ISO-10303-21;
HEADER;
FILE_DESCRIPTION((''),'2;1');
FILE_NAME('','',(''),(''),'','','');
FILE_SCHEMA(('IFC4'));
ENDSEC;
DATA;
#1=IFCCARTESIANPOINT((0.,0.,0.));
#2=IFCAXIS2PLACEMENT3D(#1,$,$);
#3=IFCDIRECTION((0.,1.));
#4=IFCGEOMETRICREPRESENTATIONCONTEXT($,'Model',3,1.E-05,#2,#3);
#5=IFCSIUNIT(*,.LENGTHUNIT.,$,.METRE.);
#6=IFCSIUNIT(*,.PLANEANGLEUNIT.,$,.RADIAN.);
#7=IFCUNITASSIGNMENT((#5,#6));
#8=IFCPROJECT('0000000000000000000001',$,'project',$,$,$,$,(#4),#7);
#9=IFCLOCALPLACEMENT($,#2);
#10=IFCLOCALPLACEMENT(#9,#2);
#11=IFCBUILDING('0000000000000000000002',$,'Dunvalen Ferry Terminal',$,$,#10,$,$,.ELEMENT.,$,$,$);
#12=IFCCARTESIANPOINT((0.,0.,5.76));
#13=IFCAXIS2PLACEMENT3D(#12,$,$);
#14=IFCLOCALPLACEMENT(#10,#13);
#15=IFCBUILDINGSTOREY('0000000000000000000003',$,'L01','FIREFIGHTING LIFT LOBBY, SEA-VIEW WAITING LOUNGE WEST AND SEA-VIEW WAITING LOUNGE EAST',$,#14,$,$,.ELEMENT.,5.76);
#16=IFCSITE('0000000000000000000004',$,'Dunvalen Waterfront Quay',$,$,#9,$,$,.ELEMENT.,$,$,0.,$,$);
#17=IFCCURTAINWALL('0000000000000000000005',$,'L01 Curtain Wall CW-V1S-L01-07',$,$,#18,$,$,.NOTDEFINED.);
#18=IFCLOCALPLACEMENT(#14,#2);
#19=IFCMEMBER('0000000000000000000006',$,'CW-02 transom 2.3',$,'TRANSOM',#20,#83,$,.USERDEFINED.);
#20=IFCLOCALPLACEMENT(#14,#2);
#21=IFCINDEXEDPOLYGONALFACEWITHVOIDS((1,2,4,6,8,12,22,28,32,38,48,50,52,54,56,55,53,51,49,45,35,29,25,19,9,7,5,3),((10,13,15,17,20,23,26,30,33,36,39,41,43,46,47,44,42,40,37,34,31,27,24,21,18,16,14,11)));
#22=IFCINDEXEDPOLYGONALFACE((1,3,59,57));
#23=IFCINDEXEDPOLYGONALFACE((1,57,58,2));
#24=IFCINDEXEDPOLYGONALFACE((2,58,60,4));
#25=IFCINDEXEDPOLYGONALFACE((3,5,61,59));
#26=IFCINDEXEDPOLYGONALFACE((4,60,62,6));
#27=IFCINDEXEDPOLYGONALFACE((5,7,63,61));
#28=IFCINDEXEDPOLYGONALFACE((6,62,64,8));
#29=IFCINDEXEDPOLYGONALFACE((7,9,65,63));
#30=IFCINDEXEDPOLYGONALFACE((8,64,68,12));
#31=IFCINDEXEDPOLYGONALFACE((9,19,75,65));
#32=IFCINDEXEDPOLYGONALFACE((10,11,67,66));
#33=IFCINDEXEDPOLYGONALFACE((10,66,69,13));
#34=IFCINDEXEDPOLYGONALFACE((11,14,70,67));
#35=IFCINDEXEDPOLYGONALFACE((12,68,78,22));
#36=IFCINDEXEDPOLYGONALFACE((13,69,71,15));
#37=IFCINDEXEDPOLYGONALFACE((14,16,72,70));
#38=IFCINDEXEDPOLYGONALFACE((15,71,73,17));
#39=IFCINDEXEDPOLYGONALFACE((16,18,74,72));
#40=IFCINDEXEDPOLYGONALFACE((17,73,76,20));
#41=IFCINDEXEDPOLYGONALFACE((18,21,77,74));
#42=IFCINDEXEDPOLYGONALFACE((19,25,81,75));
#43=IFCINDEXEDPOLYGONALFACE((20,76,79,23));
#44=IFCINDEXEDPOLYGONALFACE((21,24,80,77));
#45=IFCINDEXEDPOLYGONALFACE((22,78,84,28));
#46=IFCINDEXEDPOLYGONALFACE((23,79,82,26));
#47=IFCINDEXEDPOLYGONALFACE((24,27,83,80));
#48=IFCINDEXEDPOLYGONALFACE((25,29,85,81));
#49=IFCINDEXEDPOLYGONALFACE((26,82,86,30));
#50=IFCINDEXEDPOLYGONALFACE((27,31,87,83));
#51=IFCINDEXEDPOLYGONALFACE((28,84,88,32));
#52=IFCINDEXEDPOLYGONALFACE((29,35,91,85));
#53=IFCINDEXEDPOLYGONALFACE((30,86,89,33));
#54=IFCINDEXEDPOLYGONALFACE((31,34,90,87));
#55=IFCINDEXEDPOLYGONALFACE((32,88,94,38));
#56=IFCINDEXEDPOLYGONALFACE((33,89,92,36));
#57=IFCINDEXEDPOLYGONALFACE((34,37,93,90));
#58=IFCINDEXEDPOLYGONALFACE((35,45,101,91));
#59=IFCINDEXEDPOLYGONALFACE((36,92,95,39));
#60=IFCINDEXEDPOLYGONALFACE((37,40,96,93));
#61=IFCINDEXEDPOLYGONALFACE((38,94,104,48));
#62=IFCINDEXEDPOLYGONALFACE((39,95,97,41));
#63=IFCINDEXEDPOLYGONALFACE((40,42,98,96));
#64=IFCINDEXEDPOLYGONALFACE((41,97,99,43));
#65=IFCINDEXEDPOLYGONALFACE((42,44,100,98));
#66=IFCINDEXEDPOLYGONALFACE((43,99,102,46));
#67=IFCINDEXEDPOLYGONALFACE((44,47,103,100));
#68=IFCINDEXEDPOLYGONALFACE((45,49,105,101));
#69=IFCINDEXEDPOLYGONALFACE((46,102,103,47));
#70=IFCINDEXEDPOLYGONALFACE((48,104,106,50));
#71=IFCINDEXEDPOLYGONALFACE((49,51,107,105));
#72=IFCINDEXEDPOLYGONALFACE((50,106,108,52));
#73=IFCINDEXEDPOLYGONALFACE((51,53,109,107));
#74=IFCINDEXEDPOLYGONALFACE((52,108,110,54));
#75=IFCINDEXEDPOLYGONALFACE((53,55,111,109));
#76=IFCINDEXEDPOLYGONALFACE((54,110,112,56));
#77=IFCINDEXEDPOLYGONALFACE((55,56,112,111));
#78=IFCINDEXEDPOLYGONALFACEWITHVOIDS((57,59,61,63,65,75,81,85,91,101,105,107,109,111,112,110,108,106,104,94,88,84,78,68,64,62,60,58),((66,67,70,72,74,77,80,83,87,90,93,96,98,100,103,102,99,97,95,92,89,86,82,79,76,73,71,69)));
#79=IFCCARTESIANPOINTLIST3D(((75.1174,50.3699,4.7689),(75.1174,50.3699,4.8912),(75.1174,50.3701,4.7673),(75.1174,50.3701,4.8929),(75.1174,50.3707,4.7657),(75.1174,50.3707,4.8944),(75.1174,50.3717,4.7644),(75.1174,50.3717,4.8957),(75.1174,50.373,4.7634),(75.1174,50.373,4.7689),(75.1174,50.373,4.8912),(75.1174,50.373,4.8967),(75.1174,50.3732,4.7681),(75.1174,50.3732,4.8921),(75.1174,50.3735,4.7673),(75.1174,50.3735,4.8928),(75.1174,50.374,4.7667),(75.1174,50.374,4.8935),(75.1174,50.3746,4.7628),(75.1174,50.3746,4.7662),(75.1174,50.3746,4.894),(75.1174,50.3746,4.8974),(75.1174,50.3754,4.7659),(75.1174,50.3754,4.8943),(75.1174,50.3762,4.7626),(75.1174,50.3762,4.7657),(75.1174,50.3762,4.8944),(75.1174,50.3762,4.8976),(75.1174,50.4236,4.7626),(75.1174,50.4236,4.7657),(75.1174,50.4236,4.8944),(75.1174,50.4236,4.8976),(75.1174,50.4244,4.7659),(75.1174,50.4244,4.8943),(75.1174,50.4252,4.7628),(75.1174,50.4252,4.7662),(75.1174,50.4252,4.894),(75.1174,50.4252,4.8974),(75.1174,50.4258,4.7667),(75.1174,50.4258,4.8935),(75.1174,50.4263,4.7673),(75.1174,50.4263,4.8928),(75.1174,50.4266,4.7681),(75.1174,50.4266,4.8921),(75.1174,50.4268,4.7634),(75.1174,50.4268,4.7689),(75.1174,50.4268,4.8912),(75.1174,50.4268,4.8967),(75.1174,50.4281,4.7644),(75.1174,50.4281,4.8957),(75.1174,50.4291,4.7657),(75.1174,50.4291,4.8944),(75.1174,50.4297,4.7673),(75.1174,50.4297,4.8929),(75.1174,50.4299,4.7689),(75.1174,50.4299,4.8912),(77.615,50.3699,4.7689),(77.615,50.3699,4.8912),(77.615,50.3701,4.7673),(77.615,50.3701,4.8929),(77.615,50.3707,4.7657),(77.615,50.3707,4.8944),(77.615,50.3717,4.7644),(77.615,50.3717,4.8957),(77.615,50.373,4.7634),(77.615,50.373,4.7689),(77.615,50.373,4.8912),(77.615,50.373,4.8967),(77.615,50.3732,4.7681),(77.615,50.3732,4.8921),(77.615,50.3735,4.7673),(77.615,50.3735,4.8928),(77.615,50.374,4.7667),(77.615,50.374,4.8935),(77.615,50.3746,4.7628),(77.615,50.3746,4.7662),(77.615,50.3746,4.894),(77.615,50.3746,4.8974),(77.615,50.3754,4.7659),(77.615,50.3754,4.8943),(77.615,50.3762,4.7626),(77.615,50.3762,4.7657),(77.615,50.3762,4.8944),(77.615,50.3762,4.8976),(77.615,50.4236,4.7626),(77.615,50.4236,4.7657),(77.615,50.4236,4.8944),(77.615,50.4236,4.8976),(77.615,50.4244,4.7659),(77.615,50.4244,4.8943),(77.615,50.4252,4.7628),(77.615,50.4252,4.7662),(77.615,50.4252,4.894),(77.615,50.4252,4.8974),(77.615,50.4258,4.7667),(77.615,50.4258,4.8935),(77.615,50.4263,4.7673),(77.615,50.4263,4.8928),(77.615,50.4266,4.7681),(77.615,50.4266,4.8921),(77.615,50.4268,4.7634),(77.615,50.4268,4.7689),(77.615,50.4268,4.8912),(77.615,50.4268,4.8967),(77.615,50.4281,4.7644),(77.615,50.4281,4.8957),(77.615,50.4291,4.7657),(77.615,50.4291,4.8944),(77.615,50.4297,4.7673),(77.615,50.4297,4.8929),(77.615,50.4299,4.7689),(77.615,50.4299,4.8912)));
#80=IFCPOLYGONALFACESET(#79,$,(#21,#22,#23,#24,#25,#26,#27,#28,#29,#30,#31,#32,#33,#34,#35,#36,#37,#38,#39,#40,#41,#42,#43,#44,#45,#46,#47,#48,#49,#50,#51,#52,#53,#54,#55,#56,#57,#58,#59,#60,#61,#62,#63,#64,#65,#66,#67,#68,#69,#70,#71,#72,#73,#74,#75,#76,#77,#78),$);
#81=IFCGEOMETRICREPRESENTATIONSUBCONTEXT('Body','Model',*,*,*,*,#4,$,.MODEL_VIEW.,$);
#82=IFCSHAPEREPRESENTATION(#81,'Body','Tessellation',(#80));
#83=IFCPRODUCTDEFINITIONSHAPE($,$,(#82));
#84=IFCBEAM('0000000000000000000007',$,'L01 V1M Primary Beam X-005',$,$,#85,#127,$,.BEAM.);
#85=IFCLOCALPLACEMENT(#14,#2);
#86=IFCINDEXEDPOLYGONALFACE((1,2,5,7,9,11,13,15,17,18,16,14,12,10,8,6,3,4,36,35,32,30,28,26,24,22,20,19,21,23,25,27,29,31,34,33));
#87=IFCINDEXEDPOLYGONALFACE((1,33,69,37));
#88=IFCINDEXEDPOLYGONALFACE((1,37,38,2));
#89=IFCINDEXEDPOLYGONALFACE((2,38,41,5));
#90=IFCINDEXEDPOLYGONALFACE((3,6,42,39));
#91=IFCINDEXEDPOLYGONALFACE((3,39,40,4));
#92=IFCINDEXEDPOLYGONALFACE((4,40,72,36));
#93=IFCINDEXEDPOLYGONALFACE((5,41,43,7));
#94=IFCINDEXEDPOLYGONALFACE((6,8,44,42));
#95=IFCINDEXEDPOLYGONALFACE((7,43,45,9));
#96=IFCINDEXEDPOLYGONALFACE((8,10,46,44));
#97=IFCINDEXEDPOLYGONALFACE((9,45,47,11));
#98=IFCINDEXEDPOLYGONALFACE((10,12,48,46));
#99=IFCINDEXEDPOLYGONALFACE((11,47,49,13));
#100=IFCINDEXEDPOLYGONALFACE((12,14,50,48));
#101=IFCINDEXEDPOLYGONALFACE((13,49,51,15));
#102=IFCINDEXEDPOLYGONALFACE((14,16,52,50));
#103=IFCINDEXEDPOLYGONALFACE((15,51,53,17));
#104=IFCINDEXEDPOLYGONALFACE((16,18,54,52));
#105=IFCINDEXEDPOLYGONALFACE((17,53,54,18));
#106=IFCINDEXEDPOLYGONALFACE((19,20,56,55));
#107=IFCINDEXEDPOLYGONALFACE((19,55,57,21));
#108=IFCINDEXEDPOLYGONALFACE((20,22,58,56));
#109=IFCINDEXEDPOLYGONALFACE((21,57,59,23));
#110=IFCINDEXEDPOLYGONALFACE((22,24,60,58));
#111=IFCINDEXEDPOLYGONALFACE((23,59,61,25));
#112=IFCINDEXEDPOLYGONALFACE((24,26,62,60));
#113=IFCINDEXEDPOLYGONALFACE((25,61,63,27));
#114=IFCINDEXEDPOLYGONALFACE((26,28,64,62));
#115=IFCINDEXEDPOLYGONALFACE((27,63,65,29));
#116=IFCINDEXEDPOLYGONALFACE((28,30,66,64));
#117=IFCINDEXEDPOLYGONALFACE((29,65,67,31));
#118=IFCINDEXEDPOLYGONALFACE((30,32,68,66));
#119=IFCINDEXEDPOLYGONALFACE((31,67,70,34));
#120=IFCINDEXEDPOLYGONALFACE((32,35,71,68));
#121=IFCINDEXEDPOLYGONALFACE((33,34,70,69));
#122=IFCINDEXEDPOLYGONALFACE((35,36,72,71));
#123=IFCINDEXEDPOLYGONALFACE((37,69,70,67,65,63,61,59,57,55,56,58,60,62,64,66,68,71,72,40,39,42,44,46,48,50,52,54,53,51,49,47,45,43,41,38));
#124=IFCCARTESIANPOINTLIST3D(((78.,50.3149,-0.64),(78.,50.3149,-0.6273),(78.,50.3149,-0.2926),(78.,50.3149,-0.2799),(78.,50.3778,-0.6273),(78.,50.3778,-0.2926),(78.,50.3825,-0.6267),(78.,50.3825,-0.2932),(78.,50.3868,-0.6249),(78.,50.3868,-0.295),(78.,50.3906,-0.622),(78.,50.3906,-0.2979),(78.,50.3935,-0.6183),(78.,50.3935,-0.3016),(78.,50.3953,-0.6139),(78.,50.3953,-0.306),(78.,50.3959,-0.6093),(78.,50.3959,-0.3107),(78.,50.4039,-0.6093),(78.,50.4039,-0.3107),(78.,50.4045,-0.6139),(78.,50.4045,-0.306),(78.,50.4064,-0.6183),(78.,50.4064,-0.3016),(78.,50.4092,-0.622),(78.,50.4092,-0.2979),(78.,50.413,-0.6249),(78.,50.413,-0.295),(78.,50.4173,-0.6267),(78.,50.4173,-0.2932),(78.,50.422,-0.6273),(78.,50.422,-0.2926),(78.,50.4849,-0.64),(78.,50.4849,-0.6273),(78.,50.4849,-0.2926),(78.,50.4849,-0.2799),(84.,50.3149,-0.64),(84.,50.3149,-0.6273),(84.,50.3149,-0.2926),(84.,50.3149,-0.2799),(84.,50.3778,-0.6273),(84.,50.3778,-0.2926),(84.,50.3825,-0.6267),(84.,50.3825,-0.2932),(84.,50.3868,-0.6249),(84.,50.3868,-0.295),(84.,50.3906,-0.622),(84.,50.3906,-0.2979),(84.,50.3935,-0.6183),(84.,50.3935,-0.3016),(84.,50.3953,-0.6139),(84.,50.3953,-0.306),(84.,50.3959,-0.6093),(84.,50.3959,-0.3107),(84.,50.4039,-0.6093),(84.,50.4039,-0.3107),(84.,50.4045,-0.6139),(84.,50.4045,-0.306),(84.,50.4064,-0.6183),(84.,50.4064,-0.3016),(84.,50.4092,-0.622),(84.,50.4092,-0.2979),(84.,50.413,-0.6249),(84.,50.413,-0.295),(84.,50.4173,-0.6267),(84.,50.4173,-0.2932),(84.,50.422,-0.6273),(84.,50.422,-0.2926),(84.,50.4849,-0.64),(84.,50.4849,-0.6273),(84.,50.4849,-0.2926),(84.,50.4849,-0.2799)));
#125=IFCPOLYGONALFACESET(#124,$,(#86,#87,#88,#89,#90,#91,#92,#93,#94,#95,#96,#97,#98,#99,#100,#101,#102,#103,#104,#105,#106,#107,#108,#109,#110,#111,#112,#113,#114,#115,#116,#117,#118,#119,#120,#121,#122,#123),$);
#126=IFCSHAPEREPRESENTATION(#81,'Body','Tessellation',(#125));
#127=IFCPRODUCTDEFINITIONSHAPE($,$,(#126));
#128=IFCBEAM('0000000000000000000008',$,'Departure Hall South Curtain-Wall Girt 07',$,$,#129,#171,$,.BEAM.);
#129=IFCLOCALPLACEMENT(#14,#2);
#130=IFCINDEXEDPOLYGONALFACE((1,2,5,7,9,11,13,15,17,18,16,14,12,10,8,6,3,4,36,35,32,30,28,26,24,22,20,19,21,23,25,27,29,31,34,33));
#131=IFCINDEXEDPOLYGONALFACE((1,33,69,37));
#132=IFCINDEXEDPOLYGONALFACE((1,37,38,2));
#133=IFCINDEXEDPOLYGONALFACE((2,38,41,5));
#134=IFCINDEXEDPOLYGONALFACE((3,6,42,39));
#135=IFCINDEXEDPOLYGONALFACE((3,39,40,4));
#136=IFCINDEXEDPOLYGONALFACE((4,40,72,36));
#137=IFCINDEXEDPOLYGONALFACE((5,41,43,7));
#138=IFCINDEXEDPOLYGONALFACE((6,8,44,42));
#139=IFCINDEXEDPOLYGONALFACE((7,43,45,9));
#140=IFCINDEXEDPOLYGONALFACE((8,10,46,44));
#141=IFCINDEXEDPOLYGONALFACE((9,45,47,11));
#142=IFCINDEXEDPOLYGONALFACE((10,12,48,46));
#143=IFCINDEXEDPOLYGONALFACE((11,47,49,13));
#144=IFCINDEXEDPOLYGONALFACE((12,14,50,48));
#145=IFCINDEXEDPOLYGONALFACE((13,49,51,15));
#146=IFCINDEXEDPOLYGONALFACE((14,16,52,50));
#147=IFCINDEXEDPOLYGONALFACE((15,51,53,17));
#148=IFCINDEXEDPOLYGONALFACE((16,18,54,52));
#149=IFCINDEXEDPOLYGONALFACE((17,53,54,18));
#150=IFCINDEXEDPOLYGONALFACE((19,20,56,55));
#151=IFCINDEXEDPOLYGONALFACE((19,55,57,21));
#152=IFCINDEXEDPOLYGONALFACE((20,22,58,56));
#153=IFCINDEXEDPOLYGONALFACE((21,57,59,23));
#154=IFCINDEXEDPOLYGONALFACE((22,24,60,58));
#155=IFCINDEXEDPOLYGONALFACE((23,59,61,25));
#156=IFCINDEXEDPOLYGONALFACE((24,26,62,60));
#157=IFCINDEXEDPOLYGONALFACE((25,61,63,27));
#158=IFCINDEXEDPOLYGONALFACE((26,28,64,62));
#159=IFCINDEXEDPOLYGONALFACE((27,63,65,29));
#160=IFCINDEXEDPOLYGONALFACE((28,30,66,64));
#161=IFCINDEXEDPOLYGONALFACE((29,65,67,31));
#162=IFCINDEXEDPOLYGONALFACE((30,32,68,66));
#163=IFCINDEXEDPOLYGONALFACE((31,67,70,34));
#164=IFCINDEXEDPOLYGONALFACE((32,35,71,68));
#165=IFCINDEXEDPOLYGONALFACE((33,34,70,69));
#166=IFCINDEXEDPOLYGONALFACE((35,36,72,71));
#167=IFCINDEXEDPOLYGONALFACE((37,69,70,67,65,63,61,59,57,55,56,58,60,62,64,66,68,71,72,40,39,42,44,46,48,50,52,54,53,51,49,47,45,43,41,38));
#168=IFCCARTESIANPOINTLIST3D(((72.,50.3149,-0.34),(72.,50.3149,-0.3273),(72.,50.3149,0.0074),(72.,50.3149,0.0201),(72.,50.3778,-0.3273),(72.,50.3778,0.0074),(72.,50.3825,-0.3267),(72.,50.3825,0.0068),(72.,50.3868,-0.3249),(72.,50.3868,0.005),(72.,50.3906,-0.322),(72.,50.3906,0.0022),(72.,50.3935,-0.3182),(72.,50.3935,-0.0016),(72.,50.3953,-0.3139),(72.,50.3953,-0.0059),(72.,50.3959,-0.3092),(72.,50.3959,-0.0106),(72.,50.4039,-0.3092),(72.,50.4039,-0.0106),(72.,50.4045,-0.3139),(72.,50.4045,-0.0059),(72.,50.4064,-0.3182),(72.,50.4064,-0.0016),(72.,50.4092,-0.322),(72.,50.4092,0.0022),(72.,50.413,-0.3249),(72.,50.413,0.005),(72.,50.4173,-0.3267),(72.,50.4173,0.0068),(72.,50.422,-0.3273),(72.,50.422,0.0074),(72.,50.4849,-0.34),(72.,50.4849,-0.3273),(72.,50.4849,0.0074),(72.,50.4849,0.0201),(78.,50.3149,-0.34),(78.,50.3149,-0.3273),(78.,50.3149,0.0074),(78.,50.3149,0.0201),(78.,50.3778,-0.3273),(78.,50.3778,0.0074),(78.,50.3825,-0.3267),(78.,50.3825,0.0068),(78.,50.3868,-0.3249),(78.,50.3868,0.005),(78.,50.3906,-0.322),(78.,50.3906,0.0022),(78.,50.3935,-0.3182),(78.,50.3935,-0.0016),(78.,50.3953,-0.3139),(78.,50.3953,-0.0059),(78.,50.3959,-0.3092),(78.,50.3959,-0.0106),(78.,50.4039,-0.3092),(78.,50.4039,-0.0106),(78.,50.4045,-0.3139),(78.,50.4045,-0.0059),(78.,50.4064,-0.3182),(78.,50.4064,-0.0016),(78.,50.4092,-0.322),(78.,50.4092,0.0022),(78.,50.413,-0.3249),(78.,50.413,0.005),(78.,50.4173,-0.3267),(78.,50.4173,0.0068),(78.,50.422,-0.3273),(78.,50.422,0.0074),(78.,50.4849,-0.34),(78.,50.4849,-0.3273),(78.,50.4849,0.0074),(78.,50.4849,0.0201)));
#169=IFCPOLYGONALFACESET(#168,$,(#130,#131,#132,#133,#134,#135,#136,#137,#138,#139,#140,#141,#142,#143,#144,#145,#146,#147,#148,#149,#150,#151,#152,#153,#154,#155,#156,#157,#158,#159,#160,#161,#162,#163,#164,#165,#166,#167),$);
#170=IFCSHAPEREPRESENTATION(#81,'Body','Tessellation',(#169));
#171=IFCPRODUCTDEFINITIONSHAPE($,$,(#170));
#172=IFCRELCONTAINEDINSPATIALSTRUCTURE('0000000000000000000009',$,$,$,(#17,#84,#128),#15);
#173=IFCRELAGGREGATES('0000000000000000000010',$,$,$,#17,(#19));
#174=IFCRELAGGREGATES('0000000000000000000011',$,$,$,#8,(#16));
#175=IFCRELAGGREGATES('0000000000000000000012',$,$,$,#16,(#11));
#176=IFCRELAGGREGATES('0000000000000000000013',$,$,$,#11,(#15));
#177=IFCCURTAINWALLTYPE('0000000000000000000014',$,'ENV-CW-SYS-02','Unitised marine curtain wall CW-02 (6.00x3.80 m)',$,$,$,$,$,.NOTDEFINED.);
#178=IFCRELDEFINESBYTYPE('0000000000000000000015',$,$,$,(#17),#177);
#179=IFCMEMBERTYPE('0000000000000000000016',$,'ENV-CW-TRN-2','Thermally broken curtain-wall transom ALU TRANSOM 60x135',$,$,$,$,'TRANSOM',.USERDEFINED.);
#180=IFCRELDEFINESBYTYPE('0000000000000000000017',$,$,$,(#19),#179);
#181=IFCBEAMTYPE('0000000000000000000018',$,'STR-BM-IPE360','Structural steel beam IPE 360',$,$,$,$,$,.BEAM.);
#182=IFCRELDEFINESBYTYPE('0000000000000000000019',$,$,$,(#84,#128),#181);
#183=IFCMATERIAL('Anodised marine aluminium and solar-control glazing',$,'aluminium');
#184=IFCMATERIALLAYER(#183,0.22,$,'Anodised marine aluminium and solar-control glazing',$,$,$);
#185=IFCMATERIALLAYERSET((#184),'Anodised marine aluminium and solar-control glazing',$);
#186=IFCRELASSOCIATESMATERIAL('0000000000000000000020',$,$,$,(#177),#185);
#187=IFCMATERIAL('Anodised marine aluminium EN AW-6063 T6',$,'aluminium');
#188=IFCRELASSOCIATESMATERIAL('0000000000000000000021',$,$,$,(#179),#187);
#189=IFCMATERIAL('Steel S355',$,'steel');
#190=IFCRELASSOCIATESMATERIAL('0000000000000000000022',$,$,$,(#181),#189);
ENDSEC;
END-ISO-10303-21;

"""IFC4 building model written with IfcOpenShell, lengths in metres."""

from ifc_helpers import new_model, si_unit, direction, frame, origin, origin_2d, place, context, subcontext, project, spatial, hollow_rectangle, i_section, extrude, material, layer, layer_set, material_profile, profile_set, type_object, element, aggregate, save


model = new_model("IFC4")

# Units and contexts
model_context = context("Model", 3, precision=1e-05, world=origin(), true_north=direction((0.0, 1.0)))
body_context = subcontext(model_context, "Body", "Model", "MODEL_VIEW")
ifc_project = project(units=[si_unit("LENGTHUNIT", "METRE"), si_unit("PLANEANGLEUNIT", "RADIAN")], contexts=[model_context])

# Site, building, storey
site_placement = place(None, origin())
site = spatial("IfcSite", under=ifc_project, at=site_placement, Name="Dunvalen Waterfront Quay", CompositionType="ELEMENT", RefElevation=0.0)
building_placement = place(site_placement, origin())
building = spatial("IfcBuilding", under=site, at=building_placement, Name="Dunvalen Ferry Terminal", CompositionType="ELEMENT")
storey_placement = place(building_placement, frame((0.0, 0.0, 5.76)))
storey = spatial("IfcBuildingStorey", under=building, at=storey_placement, Name="L01", Description="FIREFIGHTING LIFT LOBBY, SEA-VIEW WAITING LOUNGE WEST AND SEA-VIEW WAITING LOUNGE EAST", CompositionType="ELEMENT", Elevation=5.76)

# Curtain wall, member
ifc_material_1 = material(Name="Anodised marine aluminium and solar-control glazing", Category="aluminium")
ifc_layer_1 = layer(ifc_material_1, 0.22, Name="Anodised marine aluminium and solar-control glazing")
ifc_layer_set_1 = layer_set([ifc_layer_1], Name="Anodised marine aluminium and solar-control glazing")
curtain_wall_type = type_object("IfcCurtainWallType", Name="ENV-CW-SYS-02", Description="Unitised marine curtain wall CW-02 (6.00x3.80 m)", PredefinedType="NOTDEFINED", material=ifc_layer_set_1)
curtain_wall_placement = place(storey_placement, origin())
curtain_wall = element("IfcCurtainWall", 1, at=curtain_wall_placement, inside=storey, type_object=curtain_wall_type, Name="L01 Curtain Wall CW-V1S-L01-07", PredefinedType="NOTDEFINED")
ifc_material_2 = material(Name="Anodised marine aluminium EN AW-6063 T6", Category="aluminium")
ifc_material_profile_1 = material_profile(ifc_material_2, hollow_rectangle(XDim=0.0601, YDim=0.135, WallThickness=0.0032, InnerFilletRadius=0.0032, OuterFilletRadius=0.0063, at=origin_2d()), Name="Anodised marine aluminium EN AW-6063 T6")
ifc_profile_set_1 = profile_set([ifc_material_profile_1], Name="Anodised marine aluminium EN AW-6063 T6")
member_type_1 = type_object("IfcMemberType", Name="ENV-CW-TRN-2", Description="Thermally broken curtain-wall transom ALU TRANSOM 60x135", ElementType="TRANSOM", PredefinedType="USERDEFINED", material=ifc_profile_set_1)
member_1_placement = place(storey_placement, frame((75.1174, 50.3999, 4.8301), z_axis=(1.0, 0.0, 0.0), x_axis=(0.0, 1.0, 0.0)))
member_1 = element("IfcMember", 2, at=member_1_placement, type_object=member_type_1, Name="CW-02 transom 2.3", ObjectType="TRANSOM", PredefinedType="USERDEFINED", context=body_context, shape_type="SweptSolid", body=[
    extrude(hollow_rectangle(XDim=0.0601, YDim=0.135, WallThickness=0.0032, InnerFilletRadius=0.0032, OuterFilletRadius=0.0063, at=origin_2d()), origin(), (0.0, 0.0, 1.0), 2.4976),
])

# Beams
ifc_material_3 = material(Name="Steel S355", Category="steel")
ifc_material_profile_2 = material_profile(ifc_material_3, i_section(OverallWidth=0.1699, OverallDepth=0.3601, WebThickness=0.0081, FlangeThickness=0.0127, FilletRadius=0.0181, at=origin_2d()), Name="Steel S355")
ifc_profile_set_2 = profile_set([ifc_material_profile_2], Name="Steel S355")
beam_type_1 = type_object("IfcBeamType", Name="STR-BM-IPE360", Description="Structural steel beam IPE 360", PredefinedType="BEAM", material=ifc_profile_set_2)
for number, where, z_axis, x_axis, name in (
    (3, (78.0, 50.3999, -0.46), (1.0, 0.0, 0.0), (0.0, 1.0, 0.0), "L01 V1M Primary Beam X-005"),
    (4, (72.0, 50.3999, -0.1599), (1.0, 0.0, 0.0), (0.0, 1.0, 0.0), "Departure Hall South Curtain-Wall Girt 07"),
):
    element("IfcBeam", number, at=place(storey_placement, frame(where, z_axis=z_axis, x_axis=x_axis)), inside=storey, type_object=beam_type_1, Name=name, PredefinedType="BEAM", context=body_context, shape_type="SweptSolid", body=[
        extrude(i_section(OverallWidth=0.1699, OverallDepth=0.3601, WebThickness=0.0081, FlangeThickness=0.0127, FilletRadius=0.0181, at=origin_2d()), origin(), (0.0, 0.0, 1.0), 6.0),
    ])

aggregate(curtain_wall, [member_1])

save(model, "model.ifc")
